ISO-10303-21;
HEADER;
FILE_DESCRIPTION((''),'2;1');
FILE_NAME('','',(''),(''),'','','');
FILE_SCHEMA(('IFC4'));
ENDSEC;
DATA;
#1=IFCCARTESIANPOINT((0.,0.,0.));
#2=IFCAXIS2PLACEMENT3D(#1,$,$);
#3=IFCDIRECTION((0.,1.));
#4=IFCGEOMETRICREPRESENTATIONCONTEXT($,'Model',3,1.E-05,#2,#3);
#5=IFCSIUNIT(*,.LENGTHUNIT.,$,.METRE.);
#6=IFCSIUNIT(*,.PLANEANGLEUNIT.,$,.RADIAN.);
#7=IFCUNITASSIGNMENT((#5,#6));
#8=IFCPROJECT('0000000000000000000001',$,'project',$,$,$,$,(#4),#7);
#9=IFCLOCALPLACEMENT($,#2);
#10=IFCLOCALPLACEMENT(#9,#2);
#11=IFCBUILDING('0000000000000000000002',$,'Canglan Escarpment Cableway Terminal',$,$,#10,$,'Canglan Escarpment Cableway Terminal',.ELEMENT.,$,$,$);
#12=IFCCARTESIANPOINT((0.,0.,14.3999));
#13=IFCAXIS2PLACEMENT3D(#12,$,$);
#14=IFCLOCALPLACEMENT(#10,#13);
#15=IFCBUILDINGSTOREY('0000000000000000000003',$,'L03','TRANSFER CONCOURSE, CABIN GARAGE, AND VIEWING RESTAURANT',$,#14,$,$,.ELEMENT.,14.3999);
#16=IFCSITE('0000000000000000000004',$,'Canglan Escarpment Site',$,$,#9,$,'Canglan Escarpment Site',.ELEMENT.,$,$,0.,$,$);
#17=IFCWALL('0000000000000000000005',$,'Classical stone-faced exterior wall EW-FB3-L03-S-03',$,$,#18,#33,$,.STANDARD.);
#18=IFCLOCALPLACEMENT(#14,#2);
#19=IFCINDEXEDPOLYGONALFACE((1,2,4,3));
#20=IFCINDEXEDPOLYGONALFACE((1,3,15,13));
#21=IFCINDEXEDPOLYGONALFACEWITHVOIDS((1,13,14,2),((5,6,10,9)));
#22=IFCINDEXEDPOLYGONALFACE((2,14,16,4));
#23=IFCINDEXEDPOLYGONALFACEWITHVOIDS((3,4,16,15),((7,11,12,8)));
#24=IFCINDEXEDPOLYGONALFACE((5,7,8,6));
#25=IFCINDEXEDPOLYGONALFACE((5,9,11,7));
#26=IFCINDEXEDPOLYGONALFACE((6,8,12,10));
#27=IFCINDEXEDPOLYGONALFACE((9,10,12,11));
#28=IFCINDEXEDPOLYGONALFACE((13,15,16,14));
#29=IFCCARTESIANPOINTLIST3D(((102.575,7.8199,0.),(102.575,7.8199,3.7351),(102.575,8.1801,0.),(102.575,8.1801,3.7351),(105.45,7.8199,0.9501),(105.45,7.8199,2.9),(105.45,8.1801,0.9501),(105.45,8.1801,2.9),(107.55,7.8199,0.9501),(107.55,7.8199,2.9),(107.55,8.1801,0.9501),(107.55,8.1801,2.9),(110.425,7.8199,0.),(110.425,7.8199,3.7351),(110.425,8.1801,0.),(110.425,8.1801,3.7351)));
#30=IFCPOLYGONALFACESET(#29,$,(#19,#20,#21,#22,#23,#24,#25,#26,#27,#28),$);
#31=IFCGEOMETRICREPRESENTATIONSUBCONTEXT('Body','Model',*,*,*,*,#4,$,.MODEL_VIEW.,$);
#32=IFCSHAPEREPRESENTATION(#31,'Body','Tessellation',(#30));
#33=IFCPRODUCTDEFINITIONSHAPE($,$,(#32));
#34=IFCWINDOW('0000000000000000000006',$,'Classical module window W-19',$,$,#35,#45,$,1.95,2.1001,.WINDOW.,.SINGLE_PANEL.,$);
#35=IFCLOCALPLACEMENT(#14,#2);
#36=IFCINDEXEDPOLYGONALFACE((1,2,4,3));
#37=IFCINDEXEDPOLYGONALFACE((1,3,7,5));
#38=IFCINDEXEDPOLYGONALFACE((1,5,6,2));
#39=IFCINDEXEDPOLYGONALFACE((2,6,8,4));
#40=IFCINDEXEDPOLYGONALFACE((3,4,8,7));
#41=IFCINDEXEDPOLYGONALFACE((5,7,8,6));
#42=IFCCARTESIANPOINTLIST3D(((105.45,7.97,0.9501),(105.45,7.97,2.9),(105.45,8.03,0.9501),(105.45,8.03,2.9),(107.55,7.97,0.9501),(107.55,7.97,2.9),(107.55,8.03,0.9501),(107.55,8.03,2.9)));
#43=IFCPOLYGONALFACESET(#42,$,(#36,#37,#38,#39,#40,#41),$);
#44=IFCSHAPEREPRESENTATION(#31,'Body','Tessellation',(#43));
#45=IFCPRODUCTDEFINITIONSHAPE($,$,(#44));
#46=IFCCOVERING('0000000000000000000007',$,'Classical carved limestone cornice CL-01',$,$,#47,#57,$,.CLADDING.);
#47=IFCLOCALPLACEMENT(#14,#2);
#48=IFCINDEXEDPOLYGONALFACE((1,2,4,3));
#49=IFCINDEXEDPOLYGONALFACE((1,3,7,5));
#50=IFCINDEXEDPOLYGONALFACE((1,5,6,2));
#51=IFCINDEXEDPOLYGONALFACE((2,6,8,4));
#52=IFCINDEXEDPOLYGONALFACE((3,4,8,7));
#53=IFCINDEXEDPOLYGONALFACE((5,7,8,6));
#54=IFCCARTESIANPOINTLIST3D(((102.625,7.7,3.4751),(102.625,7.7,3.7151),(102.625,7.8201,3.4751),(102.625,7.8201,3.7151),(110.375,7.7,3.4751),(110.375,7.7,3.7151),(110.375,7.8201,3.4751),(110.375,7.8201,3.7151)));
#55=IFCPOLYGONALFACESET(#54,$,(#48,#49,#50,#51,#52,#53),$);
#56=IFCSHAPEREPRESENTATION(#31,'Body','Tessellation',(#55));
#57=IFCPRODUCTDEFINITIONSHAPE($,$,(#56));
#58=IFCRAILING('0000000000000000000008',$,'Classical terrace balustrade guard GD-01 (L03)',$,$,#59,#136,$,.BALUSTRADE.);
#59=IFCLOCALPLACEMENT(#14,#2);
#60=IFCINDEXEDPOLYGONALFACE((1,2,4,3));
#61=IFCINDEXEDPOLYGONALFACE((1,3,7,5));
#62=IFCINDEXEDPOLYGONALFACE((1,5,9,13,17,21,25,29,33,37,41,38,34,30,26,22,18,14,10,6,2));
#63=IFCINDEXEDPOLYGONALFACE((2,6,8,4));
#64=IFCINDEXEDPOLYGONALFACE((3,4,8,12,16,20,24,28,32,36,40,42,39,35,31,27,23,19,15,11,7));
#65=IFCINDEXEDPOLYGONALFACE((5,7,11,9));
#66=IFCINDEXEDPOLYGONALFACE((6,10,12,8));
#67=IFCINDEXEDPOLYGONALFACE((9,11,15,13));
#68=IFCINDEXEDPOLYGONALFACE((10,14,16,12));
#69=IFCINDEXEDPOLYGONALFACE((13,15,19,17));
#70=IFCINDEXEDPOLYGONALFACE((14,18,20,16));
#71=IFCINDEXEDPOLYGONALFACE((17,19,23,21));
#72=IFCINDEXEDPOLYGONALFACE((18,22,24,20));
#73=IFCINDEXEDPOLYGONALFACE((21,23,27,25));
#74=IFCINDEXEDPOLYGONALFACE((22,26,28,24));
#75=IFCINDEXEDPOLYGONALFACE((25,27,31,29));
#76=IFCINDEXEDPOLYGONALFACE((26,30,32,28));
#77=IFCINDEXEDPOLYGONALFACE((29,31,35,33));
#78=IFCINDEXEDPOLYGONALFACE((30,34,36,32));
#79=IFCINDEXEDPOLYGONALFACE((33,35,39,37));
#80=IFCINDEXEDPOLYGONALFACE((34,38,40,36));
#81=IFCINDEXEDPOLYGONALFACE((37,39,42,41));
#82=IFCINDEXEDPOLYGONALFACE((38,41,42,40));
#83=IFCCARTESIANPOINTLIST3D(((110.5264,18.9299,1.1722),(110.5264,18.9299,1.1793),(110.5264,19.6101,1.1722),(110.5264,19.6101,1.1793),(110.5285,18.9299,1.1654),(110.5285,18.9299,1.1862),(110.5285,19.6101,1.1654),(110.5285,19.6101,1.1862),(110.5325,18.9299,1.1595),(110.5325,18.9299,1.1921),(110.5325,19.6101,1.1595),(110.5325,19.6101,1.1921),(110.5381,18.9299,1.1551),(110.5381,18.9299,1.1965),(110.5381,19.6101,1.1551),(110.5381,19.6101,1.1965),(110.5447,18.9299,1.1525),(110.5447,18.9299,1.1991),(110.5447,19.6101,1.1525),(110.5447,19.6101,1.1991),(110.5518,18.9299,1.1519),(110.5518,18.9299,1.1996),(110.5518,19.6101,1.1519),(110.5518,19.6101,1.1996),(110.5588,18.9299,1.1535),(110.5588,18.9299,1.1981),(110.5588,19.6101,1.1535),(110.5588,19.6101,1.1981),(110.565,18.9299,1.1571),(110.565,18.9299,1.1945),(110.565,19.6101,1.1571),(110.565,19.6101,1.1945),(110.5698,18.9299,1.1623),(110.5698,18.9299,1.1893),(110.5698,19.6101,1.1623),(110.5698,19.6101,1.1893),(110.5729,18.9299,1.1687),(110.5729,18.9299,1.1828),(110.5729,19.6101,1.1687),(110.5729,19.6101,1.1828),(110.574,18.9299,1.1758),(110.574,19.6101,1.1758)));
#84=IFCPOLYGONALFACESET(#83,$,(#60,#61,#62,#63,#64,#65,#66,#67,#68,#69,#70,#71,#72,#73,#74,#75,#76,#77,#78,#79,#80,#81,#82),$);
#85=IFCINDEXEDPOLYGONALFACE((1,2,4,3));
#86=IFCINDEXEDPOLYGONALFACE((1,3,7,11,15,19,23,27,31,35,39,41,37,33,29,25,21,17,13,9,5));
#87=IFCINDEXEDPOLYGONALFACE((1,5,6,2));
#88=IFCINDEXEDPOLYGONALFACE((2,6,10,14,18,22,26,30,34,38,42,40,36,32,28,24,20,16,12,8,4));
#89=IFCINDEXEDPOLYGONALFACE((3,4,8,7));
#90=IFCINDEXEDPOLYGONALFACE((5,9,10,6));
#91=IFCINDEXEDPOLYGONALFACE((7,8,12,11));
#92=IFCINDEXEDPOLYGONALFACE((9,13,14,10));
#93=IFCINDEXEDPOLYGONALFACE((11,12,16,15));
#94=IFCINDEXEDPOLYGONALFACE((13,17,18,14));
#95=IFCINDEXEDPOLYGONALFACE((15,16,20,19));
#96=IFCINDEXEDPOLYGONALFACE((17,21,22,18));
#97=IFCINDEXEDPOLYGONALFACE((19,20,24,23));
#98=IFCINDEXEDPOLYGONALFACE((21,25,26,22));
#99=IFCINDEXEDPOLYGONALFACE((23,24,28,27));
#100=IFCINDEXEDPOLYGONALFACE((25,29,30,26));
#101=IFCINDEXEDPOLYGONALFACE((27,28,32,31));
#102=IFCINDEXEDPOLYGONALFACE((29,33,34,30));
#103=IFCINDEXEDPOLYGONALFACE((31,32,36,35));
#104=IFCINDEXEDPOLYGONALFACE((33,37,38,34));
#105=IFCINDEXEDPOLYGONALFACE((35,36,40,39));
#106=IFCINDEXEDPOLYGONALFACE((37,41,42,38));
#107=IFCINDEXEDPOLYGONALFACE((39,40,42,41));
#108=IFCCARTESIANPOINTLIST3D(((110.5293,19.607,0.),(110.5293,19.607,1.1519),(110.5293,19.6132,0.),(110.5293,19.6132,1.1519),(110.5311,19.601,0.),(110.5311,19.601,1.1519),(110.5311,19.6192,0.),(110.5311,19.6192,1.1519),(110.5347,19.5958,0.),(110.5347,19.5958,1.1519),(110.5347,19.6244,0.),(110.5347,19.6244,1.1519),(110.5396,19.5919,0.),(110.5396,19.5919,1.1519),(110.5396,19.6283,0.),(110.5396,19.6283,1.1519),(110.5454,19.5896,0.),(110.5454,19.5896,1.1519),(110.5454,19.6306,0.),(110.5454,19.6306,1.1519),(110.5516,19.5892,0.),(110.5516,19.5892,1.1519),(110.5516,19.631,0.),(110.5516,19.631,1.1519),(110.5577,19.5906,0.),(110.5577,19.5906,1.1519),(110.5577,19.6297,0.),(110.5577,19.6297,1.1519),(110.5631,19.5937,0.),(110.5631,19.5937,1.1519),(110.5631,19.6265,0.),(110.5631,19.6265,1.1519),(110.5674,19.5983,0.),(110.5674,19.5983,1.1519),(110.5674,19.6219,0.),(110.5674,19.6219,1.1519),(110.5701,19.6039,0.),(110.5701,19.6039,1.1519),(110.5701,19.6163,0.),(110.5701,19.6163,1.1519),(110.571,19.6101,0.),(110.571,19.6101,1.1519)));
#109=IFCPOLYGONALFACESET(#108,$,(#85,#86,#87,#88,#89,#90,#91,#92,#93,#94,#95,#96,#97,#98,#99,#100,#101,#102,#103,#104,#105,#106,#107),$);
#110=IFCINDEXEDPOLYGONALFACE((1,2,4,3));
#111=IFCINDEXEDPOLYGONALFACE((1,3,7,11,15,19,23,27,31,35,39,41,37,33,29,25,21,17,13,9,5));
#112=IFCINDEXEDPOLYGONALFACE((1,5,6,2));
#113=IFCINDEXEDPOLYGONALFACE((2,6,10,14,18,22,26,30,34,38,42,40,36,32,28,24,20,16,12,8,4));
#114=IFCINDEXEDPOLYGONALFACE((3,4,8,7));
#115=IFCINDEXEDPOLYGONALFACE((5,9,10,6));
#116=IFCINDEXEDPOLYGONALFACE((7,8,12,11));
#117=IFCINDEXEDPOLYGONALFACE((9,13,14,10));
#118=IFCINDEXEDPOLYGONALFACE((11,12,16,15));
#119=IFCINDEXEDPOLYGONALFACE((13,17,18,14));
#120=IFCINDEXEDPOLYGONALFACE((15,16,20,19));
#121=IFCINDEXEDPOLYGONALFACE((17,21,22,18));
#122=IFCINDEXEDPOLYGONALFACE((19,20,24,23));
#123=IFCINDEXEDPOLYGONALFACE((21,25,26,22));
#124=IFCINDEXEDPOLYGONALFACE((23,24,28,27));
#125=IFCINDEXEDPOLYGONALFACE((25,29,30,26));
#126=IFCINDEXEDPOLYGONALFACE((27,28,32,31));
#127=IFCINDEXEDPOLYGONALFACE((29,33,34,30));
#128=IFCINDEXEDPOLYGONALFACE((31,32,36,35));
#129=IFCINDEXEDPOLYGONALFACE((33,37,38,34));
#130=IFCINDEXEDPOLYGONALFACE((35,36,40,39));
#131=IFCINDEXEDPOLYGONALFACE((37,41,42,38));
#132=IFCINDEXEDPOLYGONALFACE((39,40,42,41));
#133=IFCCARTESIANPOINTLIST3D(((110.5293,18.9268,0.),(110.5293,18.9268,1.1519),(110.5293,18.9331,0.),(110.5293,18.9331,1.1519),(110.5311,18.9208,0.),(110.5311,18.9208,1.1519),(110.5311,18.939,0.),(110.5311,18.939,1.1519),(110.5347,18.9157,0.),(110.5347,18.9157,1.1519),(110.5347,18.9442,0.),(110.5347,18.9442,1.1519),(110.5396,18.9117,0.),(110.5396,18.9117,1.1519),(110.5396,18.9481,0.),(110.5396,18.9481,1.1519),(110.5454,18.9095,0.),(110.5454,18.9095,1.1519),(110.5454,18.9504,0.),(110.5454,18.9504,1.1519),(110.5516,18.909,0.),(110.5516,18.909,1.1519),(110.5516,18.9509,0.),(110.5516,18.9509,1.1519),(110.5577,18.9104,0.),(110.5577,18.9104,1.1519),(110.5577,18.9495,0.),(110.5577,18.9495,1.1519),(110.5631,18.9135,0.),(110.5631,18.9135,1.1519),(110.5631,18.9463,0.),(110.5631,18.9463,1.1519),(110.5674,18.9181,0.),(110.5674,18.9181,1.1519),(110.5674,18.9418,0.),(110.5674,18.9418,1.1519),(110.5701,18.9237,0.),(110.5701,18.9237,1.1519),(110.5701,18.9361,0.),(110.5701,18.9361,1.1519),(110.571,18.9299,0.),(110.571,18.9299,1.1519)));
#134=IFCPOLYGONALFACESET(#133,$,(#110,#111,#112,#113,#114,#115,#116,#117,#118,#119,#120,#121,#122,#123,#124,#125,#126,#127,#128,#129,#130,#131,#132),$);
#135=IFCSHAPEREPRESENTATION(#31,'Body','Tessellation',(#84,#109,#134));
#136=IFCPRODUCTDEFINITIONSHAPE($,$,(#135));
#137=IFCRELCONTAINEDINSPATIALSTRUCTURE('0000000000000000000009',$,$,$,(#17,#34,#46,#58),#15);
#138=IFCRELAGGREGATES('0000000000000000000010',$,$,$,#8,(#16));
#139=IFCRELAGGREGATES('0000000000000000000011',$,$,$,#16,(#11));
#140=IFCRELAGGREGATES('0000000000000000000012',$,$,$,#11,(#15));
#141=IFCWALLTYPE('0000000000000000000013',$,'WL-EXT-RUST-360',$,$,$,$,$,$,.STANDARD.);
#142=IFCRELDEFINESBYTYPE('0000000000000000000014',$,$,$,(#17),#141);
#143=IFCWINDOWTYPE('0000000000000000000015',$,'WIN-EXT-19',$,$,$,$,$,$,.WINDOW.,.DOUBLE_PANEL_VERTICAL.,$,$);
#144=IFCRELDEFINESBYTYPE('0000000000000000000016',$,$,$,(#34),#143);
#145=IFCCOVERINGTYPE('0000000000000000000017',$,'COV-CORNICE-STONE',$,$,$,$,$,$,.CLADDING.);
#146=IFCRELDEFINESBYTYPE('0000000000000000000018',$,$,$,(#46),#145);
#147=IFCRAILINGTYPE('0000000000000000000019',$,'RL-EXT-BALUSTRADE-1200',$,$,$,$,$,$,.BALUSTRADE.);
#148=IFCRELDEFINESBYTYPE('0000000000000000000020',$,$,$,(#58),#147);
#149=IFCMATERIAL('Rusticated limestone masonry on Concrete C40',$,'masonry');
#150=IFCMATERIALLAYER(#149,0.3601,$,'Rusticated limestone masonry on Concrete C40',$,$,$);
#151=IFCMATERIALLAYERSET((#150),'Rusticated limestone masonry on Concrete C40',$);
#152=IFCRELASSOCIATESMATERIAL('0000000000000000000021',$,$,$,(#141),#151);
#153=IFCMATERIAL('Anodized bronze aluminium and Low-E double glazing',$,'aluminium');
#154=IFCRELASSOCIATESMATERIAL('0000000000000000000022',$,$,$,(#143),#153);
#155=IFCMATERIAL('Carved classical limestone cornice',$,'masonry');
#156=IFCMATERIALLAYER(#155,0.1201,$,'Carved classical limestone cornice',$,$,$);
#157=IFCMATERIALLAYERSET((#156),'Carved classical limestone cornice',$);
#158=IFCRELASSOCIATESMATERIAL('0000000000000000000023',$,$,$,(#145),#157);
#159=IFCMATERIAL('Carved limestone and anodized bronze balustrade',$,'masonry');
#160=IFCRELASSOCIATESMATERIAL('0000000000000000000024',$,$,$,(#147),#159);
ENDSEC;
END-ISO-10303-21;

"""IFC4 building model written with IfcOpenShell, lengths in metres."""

from ifc_helpers import new_model, si_unit, direction, frame, frame_2d, origin, origin_2d, place, context, subcontext, project, spatial, rectangle, circle, extrude, material, layer, layer_set, type_object, element, fill, save


model = new_model("IFC4")

# Units and contexts
model_context = context("Model", 3, precision=1e-05, world=origin(), true_north=direction((0.0, 1.0)))
body_context = subcontext(model_context, "Body", "Model", "MODEL_VIEW")
ifc_project = project(units=[si_unit("LENGTHUNIT", "METRE"), si_unit("PLANEANGLEUNIT", "RADIAN")], contexts=[model_context])

# Site, building, storey
site_placement = place(None, origin())
site = spatial("IfcSite", under=ifc_project, at=site_placement, Name="Canglan Escarpment Site", LongName="Canglan Escarpment Site", CompositionType="ELEMENT", RefElevation=0.0)
building_placement = place(site_placement, origin())
building = spatial("IfcBuilding", under=site, at=building_placement, Name="Canglan Escarpment Cableway Terminal", LongName="Canglan Escarpment Cableway Terminal", CompositionType="ELEMENT")
storey_placement = place(building_placement, frame((0.0, 0.0, 14.3999)))
storey = spatial("IfcBuildingStorey", under=building, at=storey_placement, Name="L03", Description="TRANSFER CONCOURSE, CABIN GARAGE, AND VIEWING RESTAURANT", CompositionType="ELEMENT", Elevation=14.3999)

# Wall, opening, window
ifc_material_1 = material(Name="Rusticated limestone masonry on Concrete C40", Category="masonry")
ifc_layer_1 = layer(ifc_material_1, 0.3601, Name="Rusticated limestone masonry on Concrete C40")
ifc_layer_set_1 = layer_set([ifc_layer_1], Name="Rusticated limestone masonry on Concrete C40")
wall_type_1 = type_object("IfcWallType", Name="WL-EXT-RUST-360", PredefinedType="STANDARD", material=ifc_layer_set_1)
wall_1_placement = place(storey_placement, frame((102.575, 8.0, 0.0), z_axis=(0.0, 0.0, 1.0), x_axis=(1.0, 0.0, 0.0)))
wall_1 = element("IfcWall", 1, at=wall_1_placement, inside=storey, type_object=wall_type_1, Name="Classical stone-faced exterior wall EW-FB3-L03-S-03", PredefinedType="STANDARD", context=body_context, shape_type="SweptSolid", body=[
    extrude(rectangle(XDim=7.8501, YDim=0.3601, at=frame_2d((3.925, 0.0))), origin(), (0.0, 0.0, 1.0), 3.7351),
])
opening_placement = place(wall_1_placement, frame((2.875, 0.0, 0.95)))
opening = element("IfcOpeningElement", 2, at=opening_placement, cuts=wall_1, PredefinedType="OPENING", context=body_context, shape_type="SweptSolid", body=[
    extrude(rectangle(XDim=2.1001, YDim=1.95, at=frame_2d((1.05, 0.9751))), frame((0.0, 0.1899, 0.0), z_axis=(0.0, -1.0, 0.0), x_axis=(1.0, 0.0, 0.0)), (0.0, 0.0, 1.0), 0.3801),
])
ifc_material_2 = material(Name="Anodized bronze aluminium and Low-E double glazing", Category="aluminium")
window_type = type_object("IfcWindowType", Name="WIN-EXT-19", PartitioningType="DOUBLE_PANEL_VERTICAL", PredefinedType="WINDOW", material=ifc_material_2)
window_placement = place(opening_placement, origin())
window = element("IfcWindow", 3, at=window_placement, inside=storey, type_object=window_type, Name="Classical module window W-19", OverallHeight=1.95, OverallWidth=2.1001, PartitioningType="SINGLE_PANEL", PredefinedType="WINDOW", context=body_context, shape_type="SweptSolid", body=[
    extrude(rectangle(XDim=2.1001, YDim=1.95, at=frame_2d((1.05, 0.9751))), frame((0.0, 0.03, 0.0), z_axis=(0.0, -1.0, 0.0), x_axis=(1.0, 0.0, 0.0)), (0.0, 0.0, 1.0), 0.0601),
])
fill(opening, window)

# Covering
ifc_material_3 = material(Name="Carved classical limestone cornice", Category="masonry")
ifc_layer_2 = layer(ifc_material_3, 0.1201, Name="Carved classical limestone cornice")
ifc_layer_set_2 = layer_set([ifc_layer_2], Name="Carved classical limestone cornice")
covering_type = type_object("IfcCoveringType", Name="COV-CORNICE-STONE", PredefinedType="CLADDING", material=ifc_layer_set_2)
covering_placement = place(storey_placement, frame((106.5, 7.76, 3.4751), z_axis=(0.0, 0.0, 1.0), x_axis=(1.0, 0.0, 0.0)))
element("IfcCovering", 4, at=covering_placement, inside=storey, type_object=covering_type, Name="Classical carved limestone cornice CL-01", PredefinedType="CLADDING", context=body_context, shape_type="SweptSolid", body=[
    extrude(rectangle(XDim=7.75, YDim=0.1201, at=origin_2d()), origin(), (0.0, 0.0, 1.0), 0.24),
])

# Railing
ifc_material_4 = material(Name="Carved limestone and anodized bronze balustrade", Category="masonry")
railing_type = type_object("IfcRailingType", Name="RL-EXT-BALUSTRADE-1200", PredefinedType="BALUSTRADE", material=ifc_material_4)
railing_1_placement = place(storey_placement, frame((110.55, 19.6101, 0.0)))
element("IfcRailing", 5, at=railing_1_placement, inside=storey, type_object=railing_type, Name="Classical terrace balustrade guard GD-01 (L03)", PredefinedType="BALUSTRADE", context=body_context, shape_type="SweptSolid", body=[
    extrude(circle(Radius=0.0239, at=origin_2d()), frame((0.0, 0.0, 1.1758), z_axis=(0.0, -1.0, 0.0), x_axis=(1.0, 0.0, 0.0)), (0.0, 0.0, 1.0), 0.6802),
    extrude(circle(Radius=0.021, at=origin_2d()), origin(), (0.0, 0.0, 1.0), 1.1519),
    extrude(circle(Radius=0.021, at=origin_2d()), frame((0.0, -0.6802, 0.0)), (0.0, 0.0, 1.0), 1.1519),
])

save(model, "model.ifc")
